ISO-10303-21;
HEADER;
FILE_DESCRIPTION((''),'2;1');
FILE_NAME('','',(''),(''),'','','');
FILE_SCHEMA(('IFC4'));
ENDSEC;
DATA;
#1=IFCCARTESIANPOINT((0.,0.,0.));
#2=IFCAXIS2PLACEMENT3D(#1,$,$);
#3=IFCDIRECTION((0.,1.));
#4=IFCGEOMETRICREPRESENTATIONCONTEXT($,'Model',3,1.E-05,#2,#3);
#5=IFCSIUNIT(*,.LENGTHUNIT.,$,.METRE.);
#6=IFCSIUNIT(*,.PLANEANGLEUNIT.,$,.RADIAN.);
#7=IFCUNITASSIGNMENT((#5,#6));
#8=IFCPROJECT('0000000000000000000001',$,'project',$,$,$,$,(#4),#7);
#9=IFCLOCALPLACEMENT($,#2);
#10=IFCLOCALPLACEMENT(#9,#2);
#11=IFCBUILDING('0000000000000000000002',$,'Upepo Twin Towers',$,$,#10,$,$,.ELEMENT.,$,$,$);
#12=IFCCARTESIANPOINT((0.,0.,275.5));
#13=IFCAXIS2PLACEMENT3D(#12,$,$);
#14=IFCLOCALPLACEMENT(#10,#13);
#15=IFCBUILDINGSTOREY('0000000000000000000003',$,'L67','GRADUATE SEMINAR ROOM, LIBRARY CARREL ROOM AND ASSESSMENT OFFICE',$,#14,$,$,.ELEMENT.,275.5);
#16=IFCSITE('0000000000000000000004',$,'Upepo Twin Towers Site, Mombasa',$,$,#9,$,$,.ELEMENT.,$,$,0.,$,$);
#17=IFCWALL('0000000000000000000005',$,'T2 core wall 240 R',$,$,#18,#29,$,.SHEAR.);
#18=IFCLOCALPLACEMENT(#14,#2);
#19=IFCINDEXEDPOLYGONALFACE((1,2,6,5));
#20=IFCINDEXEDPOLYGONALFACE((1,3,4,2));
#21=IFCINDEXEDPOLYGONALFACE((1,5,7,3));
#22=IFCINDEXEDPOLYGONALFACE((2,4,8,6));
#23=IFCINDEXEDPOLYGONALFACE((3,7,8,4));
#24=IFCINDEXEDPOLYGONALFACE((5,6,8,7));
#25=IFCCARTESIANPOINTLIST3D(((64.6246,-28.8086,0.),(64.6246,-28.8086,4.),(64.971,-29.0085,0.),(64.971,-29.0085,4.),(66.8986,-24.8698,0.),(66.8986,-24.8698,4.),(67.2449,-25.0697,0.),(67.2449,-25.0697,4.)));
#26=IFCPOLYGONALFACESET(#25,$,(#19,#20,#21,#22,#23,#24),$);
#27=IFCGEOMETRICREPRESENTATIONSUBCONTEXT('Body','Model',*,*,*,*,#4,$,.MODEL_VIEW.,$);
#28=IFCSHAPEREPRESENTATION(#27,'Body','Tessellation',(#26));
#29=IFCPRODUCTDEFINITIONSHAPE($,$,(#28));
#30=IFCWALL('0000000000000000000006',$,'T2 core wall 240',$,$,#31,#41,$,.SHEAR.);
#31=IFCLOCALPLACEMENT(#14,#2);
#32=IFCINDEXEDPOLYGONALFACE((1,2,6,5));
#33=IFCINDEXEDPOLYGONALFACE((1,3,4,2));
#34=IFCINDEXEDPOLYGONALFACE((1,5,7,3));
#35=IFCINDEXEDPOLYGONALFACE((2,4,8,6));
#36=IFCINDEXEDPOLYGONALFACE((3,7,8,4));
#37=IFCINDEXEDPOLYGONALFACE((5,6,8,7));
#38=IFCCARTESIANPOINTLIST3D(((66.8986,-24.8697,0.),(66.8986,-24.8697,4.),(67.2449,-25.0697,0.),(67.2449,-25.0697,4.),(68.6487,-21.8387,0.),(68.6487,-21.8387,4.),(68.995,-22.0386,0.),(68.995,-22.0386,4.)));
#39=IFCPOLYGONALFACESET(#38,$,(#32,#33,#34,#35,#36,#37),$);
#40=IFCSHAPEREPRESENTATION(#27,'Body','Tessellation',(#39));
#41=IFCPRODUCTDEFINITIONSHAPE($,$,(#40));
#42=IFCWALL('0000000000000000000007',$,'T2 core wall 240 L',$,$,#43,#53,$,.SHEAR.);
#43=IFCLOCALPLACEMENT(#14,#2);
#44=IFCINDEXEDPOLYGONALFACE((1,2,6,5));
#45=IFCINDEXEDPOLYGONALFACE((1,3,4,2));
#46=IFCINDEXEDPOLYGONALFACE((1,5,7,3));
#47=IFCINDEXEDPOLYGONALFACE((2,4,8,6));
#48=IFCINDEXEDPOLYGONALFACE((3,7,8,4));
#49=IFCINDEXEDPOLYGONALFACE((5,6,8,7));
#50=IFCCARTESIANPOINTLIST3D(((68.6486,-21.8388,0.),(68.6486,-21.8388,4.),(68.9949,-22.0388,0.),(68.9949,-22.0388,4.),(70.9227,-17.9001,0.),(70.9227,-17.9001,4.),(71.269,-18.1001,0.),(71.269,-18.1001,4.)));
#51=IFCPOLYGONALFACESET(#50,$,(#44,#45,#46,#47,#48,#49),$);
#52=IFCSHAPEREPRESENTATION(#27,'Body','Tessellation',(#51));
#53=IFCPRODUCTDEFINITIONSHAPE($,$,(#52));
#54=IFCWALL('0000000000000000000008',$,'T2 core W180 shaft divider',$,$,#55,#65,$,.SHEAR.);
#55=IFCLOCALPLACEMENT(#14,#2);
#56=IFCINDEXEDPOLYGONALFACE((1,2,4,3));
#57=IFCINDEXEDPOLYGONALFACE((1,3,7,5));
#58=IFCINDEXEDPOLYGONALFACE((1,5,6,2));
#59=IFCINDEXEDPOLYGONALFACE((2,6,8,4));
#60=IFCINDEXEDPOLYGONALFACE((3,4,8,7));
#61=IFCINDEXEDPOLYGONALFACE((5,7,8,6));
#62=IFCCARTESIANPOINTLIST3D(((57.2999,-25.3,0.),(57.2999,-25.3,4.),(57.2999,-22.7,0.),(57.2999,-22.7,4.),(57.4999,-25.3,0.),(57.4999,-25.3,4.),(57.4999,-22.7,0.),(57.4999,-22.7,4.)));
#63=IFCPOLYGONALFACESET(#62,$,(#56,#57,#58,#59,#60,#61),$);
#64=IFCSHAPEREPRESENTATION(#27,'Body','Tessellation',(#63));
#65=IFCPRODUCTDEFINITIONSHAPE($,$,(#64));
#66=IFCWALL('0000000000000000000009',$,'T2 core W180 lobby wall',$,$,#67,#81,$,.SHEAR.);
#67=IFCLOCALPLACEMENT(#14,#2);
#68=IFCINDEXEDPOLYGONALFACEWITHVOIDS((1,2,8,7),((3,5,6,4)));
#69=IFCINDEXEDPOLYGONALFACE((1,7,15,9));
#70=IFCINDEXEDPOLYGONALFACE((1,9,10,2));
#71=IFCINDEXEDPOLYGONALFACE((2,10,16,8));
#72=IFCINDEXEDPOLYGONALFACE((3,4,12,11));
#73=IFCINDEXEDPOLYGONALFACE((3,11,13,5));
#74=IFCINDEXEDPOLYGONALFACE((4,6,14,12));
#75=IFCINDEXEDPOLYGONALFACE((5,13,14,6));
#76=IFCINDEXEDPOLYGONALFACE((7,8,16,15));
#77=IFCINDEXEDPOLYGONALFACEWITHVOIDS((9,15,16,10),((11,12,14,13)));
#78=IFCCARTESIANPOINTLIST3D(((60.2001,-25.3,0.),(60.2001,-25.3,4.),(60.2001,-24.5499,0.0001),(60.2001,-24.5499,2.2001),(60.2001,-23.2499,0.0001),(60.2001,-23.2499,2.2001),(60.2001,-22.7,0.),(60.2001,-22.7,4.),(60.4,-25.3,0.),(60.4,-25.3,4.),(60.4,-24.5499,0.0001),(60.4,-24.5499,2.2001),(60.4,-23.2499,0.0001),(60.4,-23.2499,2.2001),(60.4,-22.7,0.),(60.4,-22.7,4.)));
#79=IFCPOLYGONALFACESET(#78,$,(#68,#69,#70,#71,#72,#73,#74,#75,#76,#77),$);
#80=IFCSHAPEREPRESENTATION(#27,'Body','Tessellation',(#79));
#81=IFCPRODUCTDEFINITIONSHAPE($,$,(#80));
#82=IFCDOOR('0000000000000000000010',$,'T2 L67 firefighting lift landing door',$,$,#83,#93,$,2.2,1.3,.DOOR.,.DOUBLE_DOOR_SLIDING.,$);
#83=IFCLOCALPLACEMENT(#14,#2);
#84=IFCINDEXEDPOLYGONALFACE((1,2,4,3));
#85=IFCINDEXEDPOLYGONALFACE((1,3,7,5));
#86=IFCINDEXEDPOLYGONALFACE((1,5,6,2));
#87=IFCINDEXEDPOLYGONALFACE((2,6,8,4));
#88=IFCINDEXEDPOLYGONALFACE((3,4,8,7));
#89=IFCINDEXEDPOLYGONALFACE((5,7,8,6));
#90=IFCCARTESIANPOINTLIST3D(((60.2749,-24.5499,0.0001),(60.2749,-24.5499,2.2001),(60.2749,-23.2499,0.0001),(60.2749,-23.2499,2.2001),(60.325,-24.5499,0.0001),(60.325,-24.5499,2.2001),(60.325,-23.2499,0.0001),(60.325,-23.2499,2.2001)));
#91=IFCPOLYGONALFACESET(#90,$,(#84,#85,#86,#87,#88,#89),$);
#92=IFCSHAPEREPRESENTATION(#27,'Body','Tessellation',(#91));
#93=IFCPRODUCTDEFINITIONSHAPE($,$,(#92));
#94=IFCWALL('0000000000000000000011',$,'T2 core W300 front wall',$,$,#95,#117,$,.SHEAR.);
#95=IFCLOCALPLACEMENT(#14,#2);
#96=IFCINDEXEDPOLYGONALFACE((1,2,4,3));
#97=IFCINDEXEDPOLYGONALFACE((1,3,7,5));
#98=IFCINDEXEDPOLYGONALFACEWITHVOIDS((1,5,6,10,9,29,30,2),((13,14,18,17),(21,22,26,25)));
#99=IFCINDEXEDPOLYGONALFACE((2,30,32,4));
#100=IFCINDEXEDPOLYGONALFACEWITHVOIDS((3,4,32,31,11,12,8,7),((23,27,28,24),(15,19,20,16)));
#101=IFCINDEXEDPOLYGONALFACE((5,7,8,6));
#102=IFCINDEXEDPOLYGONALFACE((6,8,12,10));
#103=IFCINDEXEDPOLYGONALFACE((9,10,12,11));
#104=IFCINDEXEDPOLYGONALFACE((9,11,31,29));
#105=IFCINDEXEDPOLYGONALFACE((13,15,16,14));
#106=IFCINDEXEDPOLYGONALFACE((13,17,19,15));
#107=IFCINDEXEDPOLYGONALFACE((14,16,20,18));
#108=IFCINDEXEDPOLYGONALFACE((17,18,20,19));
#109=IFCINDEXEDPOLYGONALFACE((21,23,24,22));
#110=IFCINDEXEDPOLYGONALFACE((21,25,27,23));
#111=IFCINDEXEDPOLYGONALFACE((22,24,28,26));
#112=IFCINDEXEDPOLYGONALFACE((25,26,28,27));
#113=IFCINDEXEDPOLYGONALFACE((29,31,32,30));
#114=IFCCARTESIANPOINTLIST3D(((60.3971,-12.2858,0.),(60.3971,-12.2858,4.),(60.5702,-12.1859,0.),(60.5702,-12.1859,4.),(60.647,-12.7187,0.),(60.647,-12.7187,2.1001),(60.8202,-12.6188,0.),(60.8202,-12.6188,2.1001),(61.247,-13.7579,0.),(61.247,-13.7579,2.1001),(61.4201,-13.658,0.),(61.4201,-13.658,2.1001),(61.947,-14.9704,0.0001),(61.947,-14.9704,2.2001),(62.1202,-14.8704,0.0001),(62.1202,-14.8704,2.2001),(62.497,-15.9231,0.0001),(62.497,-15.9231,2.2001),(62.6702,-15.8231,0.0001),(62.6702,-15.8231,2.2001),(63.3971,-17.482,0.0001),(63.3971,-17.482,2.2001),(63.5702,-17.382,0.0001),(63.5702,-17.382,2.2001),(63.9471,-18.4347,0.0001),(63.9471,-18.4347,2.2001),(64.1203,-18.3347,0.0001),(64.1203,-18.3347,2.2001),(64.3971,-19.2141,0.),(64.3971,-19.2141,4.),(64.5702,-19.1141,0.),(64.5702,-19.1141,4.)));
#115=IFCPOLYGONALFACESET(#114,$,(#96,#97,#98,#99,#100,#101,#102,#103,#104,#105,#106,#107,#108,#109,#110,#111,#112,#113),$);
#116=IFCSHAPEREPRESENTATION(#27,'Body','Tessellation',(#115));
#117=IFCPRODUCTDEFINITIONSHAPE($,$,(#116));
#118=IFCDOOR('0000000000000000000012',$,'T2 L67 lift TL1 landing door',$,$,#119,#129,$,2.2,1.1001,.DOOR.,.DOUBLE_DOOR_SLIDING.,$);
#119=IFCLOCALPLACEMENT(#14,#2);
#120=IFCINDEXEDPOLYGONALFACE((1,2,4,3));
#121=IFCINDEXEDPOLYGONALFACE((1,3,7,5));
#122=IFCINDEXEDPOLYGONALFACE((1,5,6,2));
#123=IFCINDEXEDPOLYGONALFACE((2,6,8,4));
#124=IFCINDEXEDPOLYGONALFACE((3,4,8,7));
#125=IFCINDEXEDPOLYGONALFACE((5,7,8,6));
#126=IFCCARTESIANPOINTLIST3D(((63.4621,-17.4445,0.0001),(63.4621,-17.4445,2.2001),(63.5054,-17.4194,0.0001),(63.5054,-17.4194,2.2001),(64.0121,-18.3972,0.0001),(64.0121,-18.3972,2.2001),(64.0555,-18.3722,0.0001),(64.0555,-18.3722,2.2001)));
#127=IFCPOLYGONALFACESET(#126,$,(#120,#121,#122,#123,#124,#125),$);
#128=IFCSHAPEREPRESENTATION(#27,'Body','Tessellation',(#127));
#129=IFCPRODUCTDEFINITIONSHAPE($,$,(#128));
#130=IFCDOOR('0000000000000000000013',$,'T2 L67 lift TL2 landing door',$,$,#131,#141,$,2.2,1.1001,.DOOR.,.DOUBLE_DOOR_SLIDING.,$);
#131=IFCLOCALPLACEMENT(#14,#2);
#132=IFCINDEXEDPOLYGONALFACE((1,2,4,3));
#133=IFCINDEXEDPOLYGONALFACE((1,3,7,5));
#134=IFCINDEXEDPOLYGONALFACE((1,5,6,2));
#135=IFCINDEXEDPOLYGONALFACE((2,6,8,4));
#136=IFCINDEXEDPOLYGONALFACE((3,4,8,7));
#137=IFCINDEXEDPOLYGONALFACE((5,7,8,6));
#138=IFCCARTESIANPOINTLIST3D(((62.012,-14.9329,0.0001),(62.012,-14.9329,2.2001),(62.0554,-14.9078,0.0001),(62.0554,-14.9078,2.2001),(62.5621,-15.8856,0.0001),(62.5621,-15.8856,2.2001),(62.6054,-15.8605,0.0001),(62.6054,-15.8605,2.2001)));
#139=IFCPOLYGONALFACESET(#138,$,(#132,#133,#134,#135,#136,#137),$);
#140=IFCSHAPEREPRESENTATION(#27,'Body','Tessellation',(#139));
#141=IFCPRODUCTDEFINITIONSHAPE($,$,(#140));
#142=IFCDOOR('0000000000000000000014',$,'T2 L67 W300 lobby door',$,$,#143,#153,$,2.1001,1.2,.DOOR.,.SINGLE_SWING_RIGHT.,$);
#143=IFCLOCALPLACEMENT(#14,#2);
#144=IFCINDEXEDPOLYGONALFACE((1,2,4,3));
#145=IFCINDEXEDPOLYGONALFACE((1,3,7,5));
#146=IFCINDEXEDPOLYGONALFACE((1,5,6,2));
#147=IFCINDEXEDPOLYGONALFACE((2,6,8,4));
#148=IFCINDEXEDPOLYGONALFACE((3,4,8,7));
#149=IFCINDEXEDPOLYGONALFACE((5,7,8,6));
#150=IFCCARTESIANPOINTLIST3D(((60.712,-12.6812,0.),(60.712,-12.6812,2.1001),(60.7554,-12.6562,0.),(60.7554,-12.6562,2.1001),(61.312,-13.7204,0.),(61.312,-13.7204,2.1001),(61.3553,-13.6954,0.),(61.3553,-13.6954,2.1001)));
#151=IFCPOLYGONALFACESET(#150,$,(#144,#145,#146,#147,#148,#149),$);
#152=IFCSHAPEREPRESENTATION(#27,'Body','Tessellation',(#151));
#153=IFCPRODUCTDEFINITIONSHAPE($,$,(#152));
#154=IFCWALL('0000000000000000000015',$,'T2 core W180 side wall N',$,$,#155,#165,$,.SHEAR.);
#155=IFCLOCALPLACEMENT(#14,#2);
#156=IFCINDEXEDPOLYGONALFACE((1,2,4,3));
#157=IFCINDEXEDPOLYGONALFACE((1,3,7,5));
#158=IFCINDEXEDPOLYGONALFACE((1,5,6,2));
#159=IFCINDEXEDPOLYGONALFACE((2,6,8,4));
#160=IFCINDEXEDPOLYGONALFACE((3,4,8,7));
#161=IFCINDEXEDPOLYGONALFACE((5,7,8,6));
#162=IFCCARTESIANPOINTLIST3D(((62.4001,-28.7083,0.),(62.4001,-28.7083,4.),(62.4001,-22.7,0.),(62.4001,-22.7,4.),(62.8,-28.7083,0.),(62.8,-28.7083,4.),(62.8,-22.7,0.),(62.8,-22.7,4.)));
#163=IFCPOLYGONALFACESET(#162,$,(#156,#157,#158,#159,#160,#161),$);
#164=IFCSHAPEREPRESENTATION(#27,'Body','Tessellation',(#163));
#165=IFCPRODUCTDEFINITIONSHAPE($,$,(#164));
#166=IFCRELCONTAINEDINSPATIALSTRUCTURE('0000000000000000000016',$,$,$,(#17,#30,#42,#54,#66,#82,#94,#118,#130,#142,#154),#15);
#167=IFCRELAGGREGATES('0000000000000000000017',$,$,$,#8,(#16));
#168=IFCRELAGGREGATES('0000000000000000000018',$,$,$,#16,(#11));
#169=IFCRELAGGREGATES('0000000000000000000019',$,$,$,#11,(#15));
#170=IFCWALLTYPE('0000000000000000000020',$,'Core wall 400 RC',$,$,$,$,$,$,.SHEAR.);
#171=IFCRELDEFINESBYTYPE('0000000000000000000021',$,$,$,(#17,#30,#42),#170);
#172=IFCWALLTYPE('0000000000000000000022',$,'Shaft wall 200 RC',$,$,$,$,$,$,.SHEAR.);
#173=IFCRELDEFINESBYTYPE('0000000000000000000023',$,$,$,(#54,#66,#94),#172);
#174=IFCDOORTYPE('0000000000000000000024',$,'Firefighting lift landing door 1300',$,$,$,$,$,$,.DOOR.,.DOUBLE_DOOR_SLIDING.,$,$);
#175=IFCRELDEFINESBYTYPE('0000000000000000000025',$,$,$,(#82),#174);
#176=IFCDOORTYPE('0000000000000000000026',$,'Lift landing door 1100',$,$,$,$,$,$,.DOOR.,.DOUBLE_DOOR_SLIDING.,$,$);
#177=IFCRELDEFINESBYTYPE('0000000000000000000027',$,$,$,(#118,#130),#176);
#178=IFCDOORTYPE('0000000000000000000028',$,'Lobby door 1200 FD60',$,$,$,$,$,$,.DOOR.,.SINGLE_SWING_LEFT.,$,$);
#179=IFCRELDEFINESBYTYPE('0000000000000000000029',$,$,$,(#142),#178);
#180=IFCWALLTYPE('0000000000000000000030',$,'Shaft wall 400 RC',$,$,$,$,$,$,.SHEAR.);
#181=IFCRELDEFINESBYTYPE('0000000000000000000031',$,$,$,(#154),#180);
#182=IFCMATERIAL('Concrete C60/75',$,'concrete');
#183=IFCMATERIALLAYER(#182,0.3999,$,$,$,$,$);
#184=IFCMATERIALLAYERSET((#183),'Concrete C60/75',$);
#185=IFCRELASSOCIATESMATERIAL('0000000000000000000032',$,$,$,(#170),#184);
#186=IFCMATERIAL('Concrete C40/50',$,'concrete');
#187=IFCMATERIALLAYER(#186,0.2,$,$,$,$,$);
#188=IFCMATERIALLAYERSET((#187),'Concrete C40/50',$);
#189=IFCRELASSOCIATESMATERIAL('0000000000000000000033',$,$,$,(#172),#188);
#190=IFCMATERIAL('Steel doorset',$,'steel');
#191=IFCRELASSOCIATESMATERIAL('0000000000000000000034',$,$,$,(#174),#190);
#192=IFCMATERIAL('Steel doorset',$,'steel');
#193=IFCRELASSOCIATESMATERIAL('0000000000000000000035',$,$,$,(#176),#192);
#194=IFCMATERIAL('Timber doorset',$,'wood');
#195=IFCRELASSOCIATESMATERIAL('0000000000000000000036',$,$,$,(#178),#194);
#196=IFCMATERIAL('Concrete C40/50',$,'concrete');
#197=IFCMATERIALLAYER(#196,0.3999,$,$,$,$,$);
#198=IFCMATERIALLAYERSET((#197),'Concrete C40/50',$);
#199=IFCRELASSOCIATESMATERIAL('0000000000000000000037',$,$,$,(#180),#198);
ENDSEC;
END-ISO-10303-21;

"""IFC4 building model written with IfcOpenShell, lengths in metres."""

from ifc_helpers import new_model, si_unit, direction, frame, frame_2d, origin, place, context, subcontext, project, spatial, rectangle, extrude, material, layer, layer_set, type_object, element, fill, save


model = new_model("IFC4")

# Units and contexts
model_context = context("Model", 3, precision=1e-05, world=origin(), true_north=direction((0.0, 1.0)))
body_context = subcontext(model_context, "Body", "Model", "MODEL_VIEW")
ifc_project = project(units=[si_unit("LENGTHUNIT", "METRE"), si_unit("PLANEANGLEUNIT", "RADIAN")], contexts=[model_context])

# Site, building, storey
site_placement = place(None, origin())
site = spatial("IfcSite", under=ifc_project, at=site_placement, Name="Upepo Twin Towers Site, Mombasa", CompositionType="ELEMENT", RefElevation=0.0)
building_placement = place(site_placement, origin())
building = spatial("IfcBuilding", under=site, at=building_placement, Name="Upepo Twin Towers", CompositionType="ELEMENT")
storey_placement = place(building_placement, frame((0.0, 0.0, 275.5)))
storey = spatial("IfcBuildingStorey", under=building, at=storey_placement, Name="L67", Description="GRADUATE SEMINAR ROOM, LIBRARY CARREL ROOM AND ASSESSMENT OFFICE", CompositionType="ELEMENT", Elevation=275.5)

# Walls
ifc_material_1 = material(Name="Concrete C60/75", Category="concrete")
ifc_layer_1 = layer(ifc_material_1, 0.3999)
ifc_layer_set_1 = layer_set([ifc_layer_1], Name="Concrete C60/75")
wall_type_1 = type_object("IfcWallType", Name="Core wall 400 RC", PredefinedType="SHEAR", material=ifc_layer_set_1)
wall_1_placement = place(storey_placement, frame((64.7979, -28.9084, 0.0), z_axis=(0.0, 0.0, 1.0), x_axis=(0.499984, 0.866035, 0.0)))
element("IfcWall", 1, at=wall_1_placement, inside=storey, type_object=wall_type_1, Name="T2 core wall 240 R", PredefinedType="SHEAR", context=body_context, shape_type="SweptSolid", body=[
    extrude(rectangle(XDim=4.5481, YDim=0.3999, at=frame_2d((2.2739, 0.0))), origin(), (0.0, 0.0, 1.0), 4.0),
])
wall_2_placement = place(storey_placement, frame((67.0718, -24.9697, 0.0), z_axis=(0.0, 0.0, 1.0), x_axis=(0.50001, 0.866019, 0.0)))
element("IfcWall", 2, at=wall_2_placement, inside=storey, type_object=wall_type_1, Name="T2 core wall 240", PredefinedType="SHEAR", context=body_context, shape_type="SweptSolid", body=[
    extrude(rectangle(XDim=3.5, YDim=0.3999, at=frame_2d((1.75, 0.0))), origin(), (0.0, 0.0, 1.0), 4.0),
])
wall_3_placement = place(storey_placement, frame((68.8218, -21.9387, 0.0), z_axis=(0.0, 0.0, 1.0), x_axis=(0.500024, 0.866011, 0.0)))
element("IfcWall", 3, at=wall_3_placement, inside=storey, type_object=wall_type_1, Name="T2 core wall 240 L", PredefinedType="SHEAR", context=body_context, shape_type="SweptSolid", body=[
    extrude(rectangle(XDim=4.5481, YDim=0.3999, at=frame_2d((2.2739, 0.0))), origin(), (0.0, 0.0, 1.0), 4.0),
])
ifc_material_2 = material(Name="Concrete C40/50", Category="concrete")
ifc_layer_2 = layer(ifc_material_2, 0.2)
ifc_layer_set_2 = layer_set([ifc_layer_2], Name="Concrete C40/50")
wall_type_2 = type_object("IfcWallType", Name="Shaft wall 200 RC", PredefinedType="SHEAR", material=ifc_layer_set_2)
wall_4_placement = place(storey_placement, frame((57.3999, -22.7, 0.0), z_axis=(0.0, 0.0, 1.0), x_axis=(0.0, -1.0, 0.0)))
element("IfcWall", 4, at=wall_4_placement, inside=storey, type_object=wall_type_2, Name="T2 core W180 shaft divider", PredefinedType="SHEAR", context=body_context, shape_type="SweptSolid", body=[
    extrude(rectangle(XDim=2.6001, YDim=0.2, at=frame_2d((1.3, 0.0))), origin(), (0.0, 0.0, 1.0), 4.0),
])

# Wall, opening, door
wall_5_placement = place(storey_placement, frame((60.3, -22.7, 0.0), z_axis=(0.0, 0.0, 1.0), x_axis=(0.0, -1.0, 0.0)))
wall_5 = element("IfcWall", 5, at=wall_5_placement, inside=storey, type_object=wall_type_2, Name="T2 core W180 lobby wall", PredefinedType="SHEAR", context=body_context, shape_type="SweptSolid", body=[
    extrude(rectangle(XDim=2.6001, YDim=0.2, at=frame_2d((1.3, 0.0))), origin(), (0.0, 0.0, 1.0), 4.0),
])
opening_1_placement = place(wall_5_placement, frame((0.55, 0.0, 0.0)))
opening_1 = element("IfcOpeningElement", 6, at=opening_1_placement, cuts=wall_5, PredefinedType="OPENING", context=body_context, shape_type="SweptSolid", body=[
    extrude(rectangle(XDim=1.3, YDim=2.2, at=frame_2d((0.6499, 1.1001))), frame((0.0, 0.1099, 0.0), z_axis=(0.0, -1.0, 0.0), x_axis=(1.0, 0.0, 0.0)), (0.0, 0.0, 1.0), 0.22),
])
ifc_material_3 = material(Name="Steel doorset", Category="steel")
door_type_1 = type_object("IfcDoorType", Name="Firefighting lift landing door 1300", OperationType="DOUBLE_DOOR_SLIDING", PredefinedType="DOOR", material=ifc_material_3)
door_1_placement = place(opening_1_placement, origin())
door_1 = element("IfcDoor", 7, at=door_1_placement, inside=storey, type_object=door_type_1, Name="T2 L67 firefighting lift landing door", OperationType="DOUBLE_DOOR_SLIDING", OverallHeight=2.2, OverallWidth=1.3, PredefinedType="DOOR", context=body_context, shape_type="SweptSolid", body=[
    extrude(rectangle(XDim=1.3, YDim=2.2, at=frame_2d((0.6499, 1.1001))), frame((0.0, 0.0249, 0.0), z_axis=(0.0, -1.0, 0.0), x_axis=(1.0, 0.0, 0.0)), (0.0, 0.0, 1.0), 0.05),
])
fill(opening_1, door_1)

# Wall, openings, doors
wall_6_placement = place(storey_placement, frame((64.4836, -19.1641, 0.0), z_axis=(0.0, 0.0, 1.0), x_axis=(-0.499999, 0.866026, 0.0)))
wall_6 = element("IfcWall", 8, at=wall_6_placement, inside=storey, type_object=wall_type_2, Name="T2 core W300 front wall", PredefinedType="SHEAR", context=body_context, shape_type="SweptSolid", body=[
    extrude(rectangle(XDim=8.0, YDim=0.2, at=frame_2d((4.0, 0.0))), origin(), (0.0, 0.0, 1.0), 4.0),
])
opening_2_placement = place(wall_6_placement, frame((6.3, 0.0, 0.0)))
opening_2 = element("IfcOpeningElement", 9, at=opening_2_placement, cuts=wall_6, PredefinedType="OPENING", context=body_context, shape_type="SweptSolid", body=[
    extrude(rectangle(XDim=1.2, YDim=2.1001, at=frame_2d((0.6001, 1.05))), frame((0.0, 0.1099, 0.0), z_axis=(0.0, -1.0, 0.0), x_axis=(1.0, 0.0, 0.0)), (0.0, 0.0, 1.0), 0.22),
])
opening_3_placement = place(wall_6_placement, frame((0.8999, 0.0, 0.0)))
opening_3 = element("IfcOpeningElement", 10, at=opening_3_placement, cuts=wall_6, PredefinedType="OPENING", context=body_context, shape_type="SweptSolid", body=[
    extrude(rectangle(XDim=1.1001, YDim=2.2, at=frame_2d((0.55, 1.1001))), frame((0.0, 0.1099, 0.0), z_axis=(0.0, -1.0, 0.0), x_axis=(1.0, 0.0, 0.0)), (0.0, 0.0, 1.0), 0.22),
])
opening_4_placement = place(wall_6_placement, frame((3.8, 0.0, 0.0)))
opening_4 = element("IfcOpeningElement", 11, at=opening_4_placement, cuts=wall_6, PredefinedType="OPENING", context=body_context, shape_type="SweptSolid", body=[
    extrude(rectangle(XDim=1.1001, YDim=2.2, at=frame_2d((0.55, 1.1001))), frame((0.0, 0.1099, 0.0), z_axis=(0.0, -1.0, 0.0), x_axis=(1.0, 0.0, 0.0)), (0.0, 0.0, 1.0), 0.22),
])
ifc_material_4 = material(Name="Steel doorset", Category="steel")
door_type_2 = type_object("IfcDoorType", Name="Lift landing door 1100", OperationType="DOUBLE_DOOR_SLIDING", PredefinedType="DOOR", material=ifc_material_4)
door_2_placement = place(opening_3_placement, origin())
door_2 = element("IfcDoor", 12, at=door_2_placement, inside=storey, type_object=door_type_2, Name="T2 L67 lift TL1 landing door", OperationType="DOUBLE_DOOR_SLIDING", OverallHeight=2.2, OverallWidth=1.1001, PredefinedType="DOOR", context=body_context, shape_type="SweptSolid", body=[
    extrude(rectangle(XDim=1.1001, YDim=2.2, at=frame_2d((0.55, 1.1001))), frame((0.0, 0.0249, 0.0), z_axis=(0.0, -1.0, 0.0), x_axis=(1.0, 0.0, 0.0)), (0.0, 0.0, 1.0), 0.05),
])
fill(opening_3, door_2)
door_3_placement = place(opening_4_placement, origin())
door_3 = element("IfcDoor", 13, at=door_3_placement, inside=storey, type_object=door_type_2, Name="T2 L67 lift TL2 landing door", OperationType="DOUBLE_DOOR_SLIDING", OverallHeight=2.2, OverallWidth=1.1001, PredefinedType="DOOR", context=body_context, shape_type="SweptSolid", body=[
    extrude(rectangle(XDim=1.1001, YDim=2.2, at=frame_2d((0.55, 1.1001))), frame((0.0, 0.0249, 0.0), z_axis=(0.0, -1.0, 0.0), x_axis=(1.0, 0.0, 0.0)), (0.0, 0.0, 1.0), 0.05),
])
fill(opening_4, door_3)
ifc_material_5 = material(Name="Timber doorset", Category="wood")
door_type_3 = type_object("IfcDoorType", Name="Lobby door 1200 FD60", OperationType="SINGLE_SWING_LEFT", PredefinedType="DOOR", material=ifc_material_5)
door_4_placement = place(opening_2_placement, origin())
door_4 = element("IfcDoor", 14, at=door_4_placement, inside=storey, type_object=door_type_3, Name="T2 L67 W300 lobby door", OperationType="SINGLE_SWING_RIGHT", OverallHeight=2.1001, OverallWidth=1.2, PredefinedType="DOOR", context=body_context, shape_type="SweptSolid", body=[
    extrude(rectangle(XDim=1.2, YDim=2.1001, at=frame_2d((0.6001, 1.05))), frame((0.0, 0.0249, 0.0), z_axis=(0.0, -1.0, 0.0), x_axis=(1.0, 0.0, 0.0)), (0.0, 0.0, 1.0), 0.05),
])
fill(opening_2, door_4)

# Wall
ifc_material_6 = material(Name="Concrete C40/50", Category="concrete")
ifc_layer_3 = layer(ifc_material_6, 0.3999)
ifc_layer_set_3 = layer_set([ifc_layer_3], Name="Concrete C40/50")
wall_type_3 = type_object("IfcWallType", Name="Shaft wall 400 RC", PredefinedType="SHEAR", material=ifc_layer_set_3)
for number, where, z_axis, x_axis, name in (
    (15, (62.6001, -22.7, 0.0), (0.0, 0.0, 1.0), (0.0, -1.0, 0.0), "T2 core W180 side wall N"),
):
    element("IfcWall", number, at=place(storey_placement, frame(where, z_axis=z_axis, x_axis=x_axis)), inside=storey, type_object=wall_type_3, Name=name, PredefinedType="SHEAR", context=body_context, shape_type="SweptSolid", body=[
        extrude(rectangle(XDim=6.0083, YDim=0.3999, at=frame_2d((3.0042, 0.0))), origin(), (0.0, 0.0, 1.0), 4.0),
    ])

save(model, "model.ifc")
